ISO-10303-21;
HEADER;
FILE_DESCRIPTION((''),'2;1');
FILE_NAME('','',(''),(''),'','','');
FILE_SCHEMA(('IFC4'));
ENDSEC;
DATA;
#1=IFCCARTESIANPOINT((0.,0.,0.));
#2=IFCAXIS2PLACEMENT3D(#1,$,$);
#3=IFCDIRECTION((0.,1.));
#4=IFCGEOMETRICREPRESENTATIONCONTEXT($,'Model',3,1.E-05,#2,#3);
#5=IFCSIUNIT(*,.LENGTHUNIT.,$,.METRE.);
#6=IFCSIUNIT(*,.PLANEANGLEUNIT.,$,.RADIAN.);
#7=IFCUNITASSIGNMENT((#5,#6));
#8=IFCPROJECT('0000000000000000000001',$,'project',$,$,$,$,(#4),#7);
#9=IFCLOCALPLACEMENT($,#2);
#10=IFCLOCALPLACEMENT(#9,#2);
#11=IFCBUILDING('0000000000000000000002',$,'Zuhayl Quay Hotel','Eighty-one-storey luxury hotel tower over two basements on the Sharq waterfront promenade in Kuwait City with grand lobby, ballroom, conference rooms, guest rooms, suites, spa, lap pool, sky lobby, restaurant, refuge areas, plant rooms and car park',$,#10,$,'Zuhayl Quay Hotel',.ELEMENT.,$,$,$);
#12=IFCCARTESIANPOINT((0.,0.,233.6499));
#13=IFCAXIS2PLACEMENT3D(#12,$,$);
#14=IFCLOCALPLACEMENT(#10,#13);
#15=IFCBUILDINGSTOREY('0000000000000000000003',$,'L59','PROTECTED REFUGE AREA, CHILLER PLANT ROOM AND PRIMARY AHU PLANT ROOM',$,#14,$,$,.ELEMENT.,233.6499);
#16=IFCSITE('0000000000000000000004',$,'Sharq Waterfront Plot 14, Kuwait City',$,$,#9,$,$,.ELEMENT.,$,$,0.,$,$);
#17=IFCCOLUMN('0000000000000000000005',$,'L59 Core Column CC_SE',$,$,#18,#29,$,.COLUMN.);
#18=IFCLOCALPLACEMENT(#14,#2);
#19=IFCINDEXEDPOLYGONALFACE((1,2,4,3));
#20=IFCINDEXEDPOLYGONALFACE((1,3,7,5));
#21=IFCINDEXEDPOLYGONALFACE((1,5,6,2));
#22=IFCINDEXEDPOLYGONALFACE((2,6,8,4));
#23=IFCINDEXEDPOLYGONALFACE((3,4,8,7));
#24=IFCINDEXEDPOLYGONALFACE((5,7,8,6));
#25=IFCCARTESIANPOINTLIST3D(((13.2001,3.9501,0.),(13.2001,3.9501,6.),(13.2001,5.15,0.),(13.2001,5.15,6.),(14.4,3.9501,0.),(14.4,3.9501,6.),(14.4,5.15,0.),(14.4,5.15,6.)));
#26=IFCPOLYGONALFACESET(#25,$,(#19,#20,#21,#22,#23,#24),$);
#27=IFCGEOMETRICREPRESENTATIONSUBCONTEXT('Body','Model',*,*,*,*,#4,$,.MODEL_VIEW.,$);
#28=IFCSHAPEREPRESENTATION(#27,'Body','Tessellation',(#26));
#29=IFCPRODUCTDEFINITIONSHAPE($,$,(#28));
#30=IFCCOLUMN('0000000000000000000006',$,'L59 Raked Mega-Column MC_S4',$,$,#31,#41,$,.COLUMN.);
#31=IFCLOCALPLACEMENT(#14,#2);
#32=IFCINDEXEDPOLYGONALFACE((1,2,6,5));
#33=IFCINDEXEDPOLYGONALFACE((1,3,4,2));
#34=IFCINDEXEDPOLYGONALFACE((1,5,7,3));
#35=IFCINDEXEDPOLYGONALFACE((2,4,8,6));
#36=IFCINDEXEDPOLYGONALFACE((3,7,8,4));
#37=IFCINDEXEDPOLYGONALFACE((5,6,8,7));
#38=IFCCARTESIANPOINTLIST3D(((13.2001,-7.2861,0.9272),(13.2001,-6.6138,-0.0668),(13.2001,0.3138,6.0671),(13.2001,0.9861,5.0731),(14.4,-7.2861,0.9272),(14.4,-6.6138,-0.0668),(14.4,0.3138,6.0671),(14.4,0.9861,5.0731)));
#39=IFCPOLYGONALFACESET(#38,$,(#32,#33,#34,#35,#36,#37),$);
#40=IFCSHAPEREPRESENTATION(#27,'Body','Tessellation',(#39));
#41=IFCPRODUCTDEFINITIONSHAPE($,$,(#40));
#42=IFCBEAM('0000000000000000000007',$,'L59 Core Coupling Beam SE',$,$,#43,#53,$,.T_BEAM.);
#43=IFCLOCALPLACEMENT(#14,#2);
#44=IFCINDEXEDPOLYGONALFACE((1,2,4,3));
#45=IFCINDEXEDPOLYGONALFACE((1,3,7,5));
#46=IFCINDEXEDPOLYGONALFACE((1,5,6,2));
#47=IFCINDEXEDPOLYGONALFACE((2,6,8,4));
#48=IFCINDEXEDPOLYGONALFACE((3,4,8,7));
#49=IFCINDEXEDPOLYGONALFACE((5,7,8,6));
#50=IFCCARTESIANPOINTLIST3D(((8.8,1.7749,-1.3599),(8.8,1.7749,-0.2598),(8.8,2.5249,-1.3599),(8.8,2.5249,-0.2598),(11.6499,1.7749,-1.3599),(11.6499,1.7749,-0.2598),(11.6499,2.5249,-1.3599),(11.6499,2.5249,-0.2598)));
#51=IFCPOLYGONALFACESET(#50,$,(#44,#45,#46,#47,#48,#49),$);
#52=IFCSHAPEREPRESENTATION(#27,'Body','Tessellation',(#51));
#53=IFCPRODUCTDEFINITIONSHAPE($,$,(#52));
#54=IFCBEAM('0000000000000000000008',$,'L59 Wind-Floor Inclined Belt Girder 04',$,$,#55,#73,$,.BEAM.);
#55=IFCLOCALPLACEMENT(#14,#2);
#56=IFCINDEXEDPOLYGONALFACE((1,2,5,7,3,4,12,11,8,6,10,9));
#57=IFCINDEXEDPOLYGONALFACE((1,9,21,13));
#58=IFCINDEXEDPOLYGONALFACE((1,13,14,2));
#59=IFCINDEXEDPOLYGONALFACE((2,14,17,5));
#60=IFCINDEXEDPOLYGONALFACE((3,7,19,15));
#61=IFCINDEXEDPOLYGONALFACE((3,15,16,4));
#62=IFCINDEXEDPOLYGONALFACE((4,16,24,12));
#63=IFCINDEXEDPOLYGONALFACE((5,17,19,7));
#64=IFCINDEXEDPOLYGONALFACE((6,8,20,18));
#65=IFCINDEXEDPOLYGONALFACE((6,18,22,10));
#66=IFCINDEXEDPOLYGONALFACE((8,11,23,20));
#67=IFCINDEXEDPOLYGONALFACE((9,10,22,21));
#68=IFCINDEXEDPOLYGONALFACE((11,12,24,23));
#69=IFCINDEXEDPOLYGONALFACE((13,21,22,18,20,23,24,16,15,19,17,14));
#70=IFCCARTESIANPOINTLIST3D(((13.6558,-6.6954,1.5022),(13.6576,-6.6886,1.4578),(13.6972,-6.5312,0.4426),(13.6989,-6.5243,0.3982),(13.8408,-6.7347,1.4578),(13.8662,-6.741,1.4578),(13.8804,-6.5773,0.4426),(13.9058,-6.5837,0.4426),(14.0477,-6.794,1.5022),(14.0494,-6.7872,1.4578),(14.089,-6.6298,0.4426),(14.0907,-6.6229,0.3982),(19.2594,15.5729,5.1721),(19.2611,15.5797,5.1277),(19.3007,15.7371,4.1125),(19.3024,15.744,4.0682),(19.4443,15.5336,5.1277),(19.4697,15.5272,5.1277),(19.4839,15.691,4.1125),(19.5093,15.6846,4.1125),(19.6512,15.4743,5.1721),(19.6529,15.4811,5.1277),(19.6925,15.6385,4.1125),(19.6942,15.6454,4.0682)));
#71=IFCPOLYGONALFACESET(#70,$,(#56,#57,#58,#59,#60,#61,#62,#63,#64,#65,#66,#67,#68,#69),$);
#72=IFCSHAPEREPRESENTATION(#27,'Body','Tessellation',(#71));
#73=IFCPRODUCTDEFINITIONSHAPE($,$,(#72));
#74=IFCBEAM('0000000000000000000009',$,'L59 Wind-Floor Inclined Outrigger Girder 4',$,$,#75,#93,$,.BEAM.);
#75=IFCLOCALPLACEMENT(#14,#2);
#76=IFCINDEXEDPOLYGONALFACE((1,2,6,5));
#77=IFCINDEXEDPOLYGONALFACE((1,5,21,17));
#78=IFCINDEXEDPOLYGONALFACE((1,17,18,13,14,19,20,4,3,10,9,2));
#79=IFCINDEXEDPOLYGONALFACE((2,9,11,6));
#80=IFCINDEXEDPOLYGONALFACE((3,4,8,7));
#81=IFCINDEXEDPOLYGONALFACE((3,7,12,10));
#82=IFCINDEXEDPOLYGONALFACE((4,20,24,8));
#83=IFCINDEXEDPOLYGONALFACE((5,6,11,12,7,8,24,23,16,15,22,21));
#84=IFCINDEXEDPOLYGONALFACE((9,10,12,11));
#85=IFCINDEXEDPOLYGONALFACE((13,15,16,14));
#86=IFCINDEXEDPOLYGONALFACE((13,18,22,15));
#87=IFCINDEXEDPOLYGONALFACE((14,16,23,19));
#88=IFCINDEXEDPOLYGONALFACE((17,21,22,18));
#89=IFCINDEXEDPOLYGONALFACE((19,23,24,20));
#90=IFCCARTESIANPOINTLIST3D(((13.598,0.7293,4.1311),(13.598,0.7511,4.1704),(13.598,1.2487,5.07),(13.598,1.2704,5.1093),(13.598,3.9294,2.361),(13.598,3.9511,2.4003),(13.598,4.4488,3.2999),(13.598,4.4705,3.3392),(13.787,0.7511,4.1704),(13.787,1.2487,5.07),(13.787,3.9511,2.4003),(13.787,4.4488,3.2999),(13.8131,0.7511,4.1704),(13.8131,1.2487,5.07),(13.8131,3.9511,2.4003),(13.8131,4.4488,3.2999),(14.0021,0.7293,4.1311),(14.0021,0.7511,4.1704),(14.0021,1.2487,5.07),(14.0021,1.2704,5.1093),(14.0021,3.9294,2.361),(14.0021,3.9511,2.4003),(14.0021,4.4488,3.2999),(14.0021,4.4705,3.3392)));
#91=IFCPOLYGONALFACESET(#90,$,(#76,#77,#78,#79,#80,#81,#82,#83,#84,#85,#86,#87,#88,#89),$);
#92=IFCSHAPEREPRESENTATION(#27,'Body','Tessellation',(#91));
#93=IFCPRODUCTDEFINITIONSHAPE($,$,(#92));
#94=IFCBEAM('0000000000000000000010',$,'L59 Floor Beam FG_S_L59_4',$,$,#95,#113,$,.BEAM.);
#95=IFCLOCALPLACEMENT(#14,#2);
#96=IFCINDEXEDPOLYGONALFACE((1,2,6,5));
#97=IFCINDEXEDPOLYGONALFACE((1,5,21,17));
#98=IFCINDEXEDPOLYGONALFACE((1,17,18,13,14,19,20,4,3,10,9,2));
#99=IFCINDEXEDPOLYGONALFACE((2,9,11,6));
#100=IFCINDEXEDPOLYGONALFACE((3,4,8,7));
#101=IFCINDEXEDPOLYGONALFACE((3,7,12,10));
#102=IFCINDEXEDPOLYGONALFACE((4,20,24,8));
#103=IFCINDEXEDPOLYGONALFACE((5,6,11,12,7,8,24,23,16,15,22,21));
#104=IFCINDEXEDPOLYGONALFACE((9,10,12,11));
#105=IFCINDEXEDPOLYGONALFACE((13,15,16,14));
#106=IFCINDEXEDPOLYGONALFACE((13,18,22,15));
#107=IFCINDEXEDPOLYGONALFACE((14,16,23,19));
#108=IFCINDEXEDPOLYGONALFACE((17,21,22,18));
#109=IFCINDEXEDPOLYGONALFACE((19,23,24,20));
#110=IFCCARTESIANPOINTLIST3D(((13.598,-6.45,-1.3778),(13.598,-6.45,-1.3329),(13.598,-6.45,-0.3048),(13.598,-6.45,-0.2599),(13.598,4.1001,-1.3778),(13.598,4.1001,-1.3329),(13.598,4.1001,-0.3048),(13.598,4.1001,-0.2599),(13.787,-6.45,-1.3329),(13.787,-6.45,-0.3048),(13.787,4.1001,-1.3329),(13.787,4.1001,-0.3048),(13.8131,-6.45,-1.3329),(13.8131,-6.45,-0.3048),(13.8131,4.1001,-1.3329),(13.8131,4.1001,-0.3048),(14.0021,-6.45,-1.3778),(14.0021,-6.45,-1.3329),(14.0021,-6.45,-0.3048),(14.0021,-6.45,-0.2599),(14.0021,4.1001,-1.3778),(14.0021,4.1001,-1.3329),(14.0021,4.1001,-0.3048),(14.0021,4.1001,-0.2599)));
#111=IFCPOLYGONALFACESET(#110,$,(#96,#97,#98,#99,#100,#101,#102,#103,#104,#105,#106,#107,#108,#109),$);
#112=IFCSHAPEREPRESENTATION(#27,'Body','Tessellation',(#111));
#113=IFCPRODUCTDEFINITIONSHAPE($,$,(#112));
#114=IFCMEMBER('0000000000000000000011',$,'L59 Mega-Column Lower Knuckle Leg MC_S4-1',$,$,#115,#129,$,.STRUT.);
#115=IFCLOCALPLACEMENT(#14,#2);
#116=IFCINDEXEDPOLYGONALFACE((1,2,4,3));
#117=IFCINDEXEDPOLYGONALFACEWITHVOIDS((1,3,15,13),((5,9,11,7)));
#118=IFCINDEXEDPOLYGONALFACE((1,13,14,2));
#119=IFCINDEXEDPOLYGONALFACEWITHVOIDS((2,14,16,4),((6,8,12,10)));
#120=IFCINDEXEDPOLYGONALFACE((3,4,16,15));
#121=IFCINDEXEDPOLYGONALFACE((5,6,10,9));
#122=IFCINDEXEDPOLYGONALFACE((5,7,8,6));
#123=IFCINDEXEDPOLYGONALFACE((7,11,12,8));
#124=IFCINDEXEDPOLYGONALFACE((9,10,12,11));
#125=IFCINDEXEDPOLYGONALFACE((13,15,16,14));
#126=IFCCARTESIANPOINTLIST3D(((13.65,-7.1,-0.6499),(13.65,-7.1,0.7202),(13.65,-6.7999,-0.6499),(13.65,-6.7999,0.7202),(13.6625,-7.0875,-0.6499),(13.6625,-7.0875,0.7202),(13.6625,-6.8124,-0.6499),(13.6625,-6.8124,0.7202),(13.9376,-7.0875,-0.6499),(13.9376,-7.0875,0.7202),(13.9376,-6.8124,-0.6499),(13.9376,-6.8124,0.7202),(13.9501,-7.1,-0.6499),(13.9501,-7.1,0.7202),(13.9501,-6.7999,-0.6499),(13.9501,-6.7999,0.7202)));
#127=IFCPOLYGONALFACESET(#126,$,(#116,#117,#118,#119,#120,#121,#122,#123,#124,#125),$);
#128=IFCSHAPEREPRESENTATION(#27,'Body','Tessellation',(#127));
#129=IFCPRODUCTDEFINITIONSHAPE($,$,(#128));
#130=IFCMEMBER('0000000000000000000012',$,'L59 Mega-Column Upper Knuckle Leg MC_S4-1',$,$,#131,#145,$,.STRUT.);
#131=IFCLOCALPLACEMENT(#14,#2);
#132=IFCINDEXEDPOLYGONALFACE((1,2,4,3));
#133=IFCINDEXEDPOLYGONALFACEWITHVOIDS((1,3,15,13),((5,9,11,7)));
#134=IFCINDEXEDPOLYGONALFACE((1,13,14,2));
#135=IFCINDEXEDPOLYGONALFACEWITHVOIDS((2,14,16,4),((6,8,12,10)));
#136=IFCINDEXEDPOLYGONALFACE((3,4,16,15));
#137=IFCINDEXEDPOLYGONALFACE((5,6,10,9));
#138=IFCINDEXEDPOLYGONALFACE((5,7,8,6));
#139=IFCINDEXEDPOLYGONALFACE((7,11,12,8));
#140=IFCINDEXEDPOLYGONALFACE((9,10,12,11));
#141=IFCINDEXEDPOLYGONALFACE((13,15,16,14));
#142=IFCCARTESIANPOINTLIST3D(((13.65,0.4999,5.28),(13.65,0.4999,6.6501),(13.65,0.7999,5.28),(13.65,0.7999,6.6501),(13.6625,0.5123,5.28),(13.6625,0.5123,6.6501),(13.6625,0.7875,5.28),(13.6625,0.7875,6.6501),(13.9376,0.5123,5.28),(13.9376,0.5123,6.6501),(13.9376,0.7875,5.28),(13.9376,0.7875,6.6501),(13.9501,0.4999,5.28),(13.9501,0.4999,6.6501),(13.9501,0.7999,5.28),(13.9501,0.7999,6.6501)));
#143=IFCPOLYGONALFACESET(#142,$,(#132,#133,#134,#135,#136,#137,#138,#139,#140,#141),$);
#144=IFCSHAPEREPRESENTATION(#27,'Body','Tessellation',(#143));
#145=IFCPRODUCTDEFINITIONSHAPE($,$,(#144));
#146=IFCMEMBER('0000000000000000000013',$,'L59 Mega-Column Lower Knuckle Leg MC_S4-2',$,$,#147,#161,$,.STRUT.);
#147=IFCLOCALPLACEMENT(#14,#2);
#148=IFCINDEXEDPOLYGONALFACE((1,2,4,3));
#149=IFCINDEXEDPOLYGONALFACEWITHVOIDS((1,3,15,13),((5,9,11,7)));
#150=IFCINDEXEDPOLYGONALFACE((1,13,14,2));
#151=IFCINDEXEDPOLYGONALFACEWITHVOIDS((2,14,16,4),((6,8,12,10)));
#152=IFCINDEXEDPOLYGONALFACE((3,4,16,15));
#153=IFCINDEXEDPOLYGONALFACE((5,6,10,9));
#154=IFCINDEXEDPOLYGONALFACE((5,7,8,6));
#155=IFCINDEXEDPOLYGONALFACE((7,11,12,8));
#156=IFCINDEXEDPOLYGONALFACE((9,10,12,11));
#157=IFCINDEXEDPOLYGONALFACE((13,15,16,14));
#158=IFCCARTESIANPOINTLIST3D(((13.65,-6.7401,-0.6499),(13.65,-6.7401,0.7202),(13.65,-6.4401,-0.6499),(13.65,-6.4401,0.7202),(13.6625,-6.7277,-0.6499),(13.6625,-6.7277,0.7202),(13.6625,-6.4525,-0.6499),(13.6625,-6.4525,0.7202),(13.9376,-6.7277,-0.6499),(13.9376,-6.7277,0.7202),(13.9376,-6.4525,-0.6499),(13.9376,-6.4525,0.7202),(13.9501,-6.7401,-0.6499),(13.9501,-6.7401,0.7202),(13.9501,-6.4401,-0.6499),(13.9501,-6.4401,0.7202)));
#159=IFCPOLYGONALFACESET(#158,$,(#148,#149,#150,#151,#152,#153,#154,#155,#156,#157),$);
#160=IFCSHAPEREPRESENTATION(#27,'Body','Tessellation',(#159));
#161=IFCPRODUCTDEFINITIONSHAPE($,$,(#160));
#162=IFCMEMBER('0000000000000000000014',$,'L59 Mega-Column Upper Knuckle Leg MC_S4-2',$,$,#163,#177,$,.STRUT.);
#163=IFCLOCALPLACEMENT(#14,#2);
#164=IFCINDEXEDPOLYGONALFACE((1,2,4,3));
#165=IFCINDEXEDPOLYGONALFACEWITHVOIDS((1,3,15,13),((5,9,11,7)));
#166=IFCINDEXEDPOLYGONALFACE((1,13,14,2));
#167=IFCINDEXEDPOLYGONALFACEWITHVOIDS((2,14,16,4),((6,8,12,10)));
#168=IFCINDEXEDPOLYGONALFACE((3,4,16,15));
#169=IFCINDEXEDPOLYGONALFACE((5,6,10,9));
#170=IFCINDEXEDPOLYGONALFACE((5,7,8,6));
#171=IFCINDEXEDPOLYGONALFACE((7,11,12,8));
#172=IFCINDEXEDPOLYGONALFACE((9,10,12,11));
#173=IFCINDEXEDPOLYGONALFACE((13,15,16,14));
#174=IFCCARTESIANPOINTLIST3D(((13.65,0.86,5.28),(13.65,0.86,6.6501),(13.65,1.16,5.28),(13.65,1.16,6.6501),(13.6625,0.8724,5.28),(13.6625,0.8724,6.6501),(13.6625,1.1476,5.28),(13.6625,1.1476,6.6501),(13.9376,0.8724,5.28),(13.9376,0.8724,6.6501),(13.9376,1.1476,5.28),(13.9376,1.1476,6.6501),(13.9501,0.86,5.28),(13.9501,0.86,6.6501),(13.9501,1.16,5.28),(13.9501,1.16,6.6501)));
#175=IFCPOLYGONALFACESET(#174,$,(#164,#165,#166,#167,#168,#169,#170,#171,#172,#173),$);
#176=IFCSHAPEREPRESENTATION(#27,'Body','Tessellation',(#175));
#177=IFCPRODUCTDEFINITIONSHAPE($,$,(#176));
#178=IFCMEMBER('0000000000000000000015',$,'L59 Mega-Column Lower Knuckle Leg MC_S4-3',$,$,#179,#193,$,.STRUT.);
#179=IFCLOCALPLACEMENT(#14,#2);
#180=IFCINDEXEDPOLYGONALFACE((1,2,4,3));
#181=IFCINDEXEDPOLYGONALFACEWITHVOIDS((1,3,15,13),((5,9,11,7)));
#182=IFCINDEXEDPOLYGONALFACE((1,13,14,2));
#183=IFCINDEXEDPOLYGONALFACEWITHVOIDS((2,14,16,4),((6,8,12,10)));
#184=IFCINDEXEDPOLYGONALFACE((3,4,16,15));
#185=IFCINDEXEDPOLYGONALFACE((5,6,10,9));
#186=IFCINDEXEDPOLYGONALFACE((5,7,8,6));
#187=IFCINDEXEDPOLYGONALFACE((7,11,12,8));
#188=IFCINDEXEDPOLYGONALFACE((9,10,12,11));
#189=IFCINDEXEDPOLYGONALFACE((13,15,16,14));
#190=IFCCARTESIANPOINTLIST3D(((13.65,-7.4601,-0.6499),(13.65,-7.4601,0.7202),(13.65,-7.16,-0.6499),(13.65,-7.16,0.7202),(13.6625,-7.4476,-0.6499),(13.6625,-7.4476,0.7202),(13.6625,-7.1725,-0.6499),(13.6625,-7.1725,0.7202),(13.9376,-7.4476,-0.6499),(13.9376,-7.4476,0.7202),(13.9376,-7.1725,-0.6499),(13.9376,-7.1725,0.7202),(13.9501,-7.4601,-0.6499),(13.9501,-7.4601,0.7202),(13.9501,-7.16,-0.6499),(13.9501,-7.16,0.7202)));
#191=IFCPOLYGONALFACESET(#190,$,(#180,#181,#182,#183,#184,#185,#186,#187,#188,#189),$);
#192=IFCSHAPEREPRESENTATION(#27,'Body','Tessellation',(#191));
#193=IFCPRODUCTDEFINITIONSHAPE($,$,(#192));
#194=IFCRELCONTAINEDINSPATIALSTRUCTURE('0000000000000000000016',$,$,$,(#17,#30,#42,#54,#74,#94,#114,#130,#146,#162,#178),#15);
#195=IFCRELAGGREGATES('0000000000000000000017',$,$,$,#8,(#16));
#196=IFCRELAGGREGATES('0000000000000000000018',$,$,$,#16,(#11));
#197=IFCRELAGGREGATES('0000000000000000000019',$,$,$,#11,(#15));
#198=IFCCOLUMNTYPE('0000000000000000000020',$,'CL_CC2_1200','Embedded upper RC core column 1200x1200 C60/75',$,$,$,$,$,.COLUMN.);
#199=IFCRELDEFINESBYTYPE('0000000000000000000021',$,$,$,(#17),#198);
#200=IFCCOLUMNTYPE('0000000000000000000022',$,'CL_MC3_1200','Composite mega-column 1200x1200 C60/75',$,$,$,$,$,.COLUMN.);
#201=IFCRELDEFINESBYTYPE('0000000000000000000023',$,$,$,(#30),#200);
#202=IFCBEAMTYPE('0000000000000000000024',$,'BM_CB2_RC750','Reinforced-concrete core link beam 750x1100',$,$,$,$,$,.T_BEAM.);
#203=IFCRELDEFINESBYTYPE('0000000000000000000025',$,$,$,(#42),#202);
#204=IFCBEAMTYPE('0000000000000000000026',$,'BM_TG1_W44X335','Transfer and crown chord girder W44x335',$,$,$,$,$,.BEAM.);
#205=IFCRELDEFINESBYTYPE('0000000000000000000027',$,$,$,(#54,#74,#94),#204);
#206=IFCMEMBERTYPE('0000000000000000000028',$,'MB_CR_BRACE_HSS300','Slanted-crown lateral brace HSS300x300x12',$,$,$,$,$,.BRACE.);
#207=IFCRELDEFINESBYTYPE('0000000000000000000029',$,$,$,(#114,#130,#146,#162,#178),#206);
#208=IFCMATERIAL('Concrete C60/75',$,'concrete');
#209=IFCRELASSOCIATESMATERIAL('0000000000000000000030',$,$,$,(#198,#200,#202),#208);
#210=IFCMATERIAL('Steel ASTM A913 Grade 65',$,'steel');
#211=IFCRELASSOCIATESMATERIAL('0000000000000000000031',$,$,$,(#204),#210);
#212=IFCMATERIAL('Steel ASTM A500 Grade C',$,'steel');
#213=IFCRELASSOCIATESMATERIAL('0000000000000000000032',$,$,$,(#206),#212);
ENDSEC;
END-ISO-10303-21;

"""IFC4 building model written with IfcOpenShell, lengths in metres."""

from ifc_helpers import new_model, si_unit, direction, frame, origin, origin_2d, place, context, subcontext, project, spatial, rectangle, hollow_rectangle, i_section, extrude, material, material_profile, profile_set, type_object, element, save


model = new_model("IFC4")

# Units and contexts
model_context = context("Model", 3, precision=1e-05, world=origin(), true_north=direction((0.0, 1.0)))
body_context = subcontext(model_context, "Body", "Model", "MODEL_VIEW")
ifc_project = project(units=[si_unit("LENGTHUNIT", "METRE"), si_unit("PLANEANGLEUNIT", "RADIAN")], contexts=[model_context])

# Site, building, storey
site_placement = place(None, origin())
site = spatial("IfcSite", under=ifc_project, at=site_placement, Name="Sharq Waterfront Plot 14, Kuwait City", CompositionType="ELEMENT", RefElevation=0.0)
building_placement = place(site_placement, origin())
building = spatial("IfcBuilding", under=site, at=building_placement, Name="Zuhayl Quay Hotel", Description="Eighty-one-storey luxury hotel tower over two basements on the Sharq waterfront promenade in Kuwait City with grand lobby, ballroom, conference rooms, guest rooms, suites, spa, lap pool, sky lobby, restaurant, refuge areas, plant rooms and car park", LongName="Zuhayl Quay Hotel", CompositionType="ELEMENT")
storey_placement = place(building_placement, frame((0.0, 0.0, 233.6499)))
storey = spatial("IfcBuildingStorey", under=building, at=storey_placement, Name="L59", Description="PROTECTED REFUGE AREA, CHILLER PLANT ROOM AND PRIMARY AHU PLANT ROOM", CompositionType="ELEMENT", Elevation=233.6499)

# Columns
ifc_material_1 = material(Name="Concrete C60/75", Category="concrete")
ifc_material_profile_1 = material_profile(ifc_material_1, rectangle(XDim=1.2, YDim=1.2, at=origin_2d()), Name="RC1200X1200")
ifc_profile_set_1 = profile_set([ifc_material_profile_1], Name="Concrete C60/75")
column_type_1 = type_object("IfcColumnType", Name="CL_CC2_1200", Description="Embedded upper RC core column 1200x1200 C60/75", PredefinedType="COLUMN", material=ifc_profile_set_1)
column_1_placement = place(storey_placement, frame((13.8, 4.55, 0.0), z_axis=(0.0, 0.0, 1.0), x_axis=(1.0, 0.0, 0.0)))
element("IfcColumn", 1, at=column_1_placement, inside=storey, type_object=column_type_1, Name="L59 Core Column CC_SE", PredefinedType="COLUMN", context=body_context, shape_type="SweptSolid", body=[
    extrude(rectangle(XDim=1.2, YDim=1.2, at=origin_2d()), origin(), (0.0, 0.0, 1.0), 6.0),
])
ifc_material_profile_2 = material_profile(ifc_material_1, rectangle(XDim=1.2, YDim=1.2, at=origin_2d()), Name="RC1200X1200")
ifc_profile_set_2 = profile_set([ifc_material_profile_2], Name="Concrete C60/75")
column_type_2 = type_object("IfcColumnType", Name="CL_MC3_1200", Description="Composite mega-column 1200x1200 C60/75", PredefinedType="COLUMN", material=ifc_profile_set_2)
column_2_placement = place(storey_placement, frame((13.8, -6.95, 0.4302), z_axis=(0.0, 0.828343, 0.560221), x_axis=(-1.0, 0.0, 0.0)))
element("IfcColumn", 2, at=column_2_placement, inside=storey, type_object=column_type_2, Name="L59 Raked Mega-Column MC_S4", PredefinedType="COLUMN", context=body_context, shape_type="SweptSolid", body=[
    extrude(rectangle(XDim=1.2, YDim=1.2, at=origin_2d()), origin(), (0.0, 0.0, 1.0), 9.1748),
])

# Beams
ifc_material_profile_3 = material_profile(ifc_material_1, rectangle(XDim=0.75, YDim=1.1001, at=origin_2d()), Name="RC750X1100")
ifc_profile_set_3 = profile_set([ifc_material_profile_3], Name="Concrete C60/75")
beam_type_1 = type_object("IfcBeamType", Name="BM_CB2_RC750", Description="Reinforced-concrete core link beam 750x1100", PredefinedType="T_BEAM", material=ifc_profile_set_3)
beam_1_placement = place(storey_placement, frame((8.8, 2.1499, -0.8098), z_axis=(1.0, 0.0, 0.0), x_axis=(0.0, 1.0, 0.0)))
element("IfcBeam", 3, at=beam_1_placement, inside=storey, type_object=beam_type_1, Name="L59 Core Coupling Beam SE", PredefinedType="T_BEAM", context=body_context, shape_type="SweptSolid", body=[
    extrude(rectangle(XDim=0.75, YDim=1.1001, at=origin_2d()), origin(), (0.0, 0.0, 1.0), 2.8499),
])
ifc_material_2 = material(Name="Steel ASTM A913 Grade 65", Category="steel")
ifc_material_profile_4 = material_profile(ifc_material_2, i_section(OverallWidth=0.4041, OverallDepth=1.1179, WebThickness=0.0261, FlangeThickness=0.0449, at=origin_2d()), Name="W44X335")
ifc_profile_set_4 = profile_set([ifc_material_profile_4], Name="Steel ASTM A913 Grade 65")
beam_type_2 = type_object("IfcBeamType", Name="BM_TG1_W44X335", Description="Transfer and crown chord girder W44x335", PredefinedType="BEAM", material=ifc_profile_set_4)
beam_2_placement = place(storey_placement, frame((13.8733, -6.6592, 0.9502), z_axis=(0.240971, 0.957615, 0.157819), x_axis=(-0.969768, 0.244029, 0.0)))
element("IfcBeam", 4, at=beam_2_placement, inside=storey, type_object=beam_type_2, Name="L59 Wind-Floor Inclined Belt Girder 04", PredefinedType="BEAM", context=body_context, shape_type="SweptSolid", body=[
    extrude(i_section(OverallWidth=0.4041, OverallDepth=1.1179, WebThickness=0.0261, FlangeThickness=0.0449, at=origin_2d()), origin(), (0.0, 0.0, 1.0), 23.2539),
])
beam_3_placement = place(storey_placement, frame((13.8, 4.2, 2.8501), z_axis=(0.0, -0.875053, 0.484027), x_axis=(1.0, 0.0, 0.0)))
element("IfcBeam", 5, at=beam_3_placement, inside=storey, type_object=beam_type_2, Name="L59 Wind-Floor Inclined Outrigger Girder 4", PredefinedType="BEAM", context=body_context, shape_type="SweptSolid", body=[
    extrude(i_section(OverallWidth=0.4041, OverallDepth=1.1179, WebThickness=0.0261, FlangeThickness=0.0449, at=origin_2d()), origin(), (0.0, 0.0, 1.0), 3.657),
])
beam_4_placement = place(storey_placement, frame((13.8, -6.45, -0.8188), z_axis=(0.0, 1.0, 0.0), x_axis=(-1.0, 0.0, 0.0)))
element("IfcBeam", 6, at=beam_4_placement, inside=storey, type_object=beam_type_2, Name="L59 Floor Beam FG_S_L59_4", PredefinedType="BEAM", context=body_context, shape_type="SweptSolid", body=[
    extrude(i_section(OverallWidth=0.4041, OverallDepth=1.1179, WebThickness=0.0261, FlangeThickness=0.0449, at=origin_2d()), origin(), (0.0, 0.0, 1.0), 10.55),
])

# Members
ifc_material_3 = material(Name="Steel ASTM A500 Grade C", Category="steel")
ifc_material_profile_5 = material_profile(ifc_material_3, hollow_rectangle(XDim=0.3, YDim=0.3, WallThickness=0.0125, at=origin_2d()), Name="HSS300X300X12")
ifc_profile_set_5 = profile_set([ifc_material_profile_5], Name="Steel ASTM A500 Grade C")
member_type = type_object("IfcMemberType", Name="MB_CR_BRACE_HSS300", Description="Slanted-crown lateral brace HSS300x300x12", PredefinedType="BRACE", material=ifc_profile_set_5)
for number, where, z_axis, x_axis, name in (
    (7, (13.8, -6.95, -0.6499), (0.0, 0.0, 1.0), (1.0, 0.0, 0.0), "L59 Mega-Column Lower Knuckle Leg MC_S4-1"),
    (8, (13.8, 0.6499, 5.28), (0.0, 0.0, 1.0), (1.0, 0.0, 0.0), "L59 Mega-Column Upper Knuckle Leg MC_S4-1"),
    (9, (13.8, -6.5901, -0.6499), (0.0, 0.0, 1.0), (1.0, 0.0, 0.0), "L59 Mega-Column Lower Knuckle Leg MC_S4-2"),
    (10, (13.8, 1.01, 5.28), (0.0, 0.0, 1.0), (1.0, 0.0, 0.0), "L59 Mega-Column Upper Knuckle Leg MC_S4-2"),
    (11, (13.8, -7.3101, -0.6499), (0.0, 0.0, 1.0), (1.0, 0.0, 0.0), "L59 Mega-Column Lower Knuckle Leg MC_S4-3"),
):
    element("IfcMember", number, at=place(storey_placement, frame(where, z_axis=z_axis, x_axis=x_axis)), inside=storey, type_object=member_type, Name=name, PredefinedType="STRUT", context=body_context, shape_type="SweptSolid", body=[
        extrude(hollow_rectangle(XDim=0.3, YDim=0.3, WallThickness=0.0125, at=origin_2d()), origin(), (0.0, 0.0, 1.0), 1.3701),
    ])

save(model, "model.ifc")
